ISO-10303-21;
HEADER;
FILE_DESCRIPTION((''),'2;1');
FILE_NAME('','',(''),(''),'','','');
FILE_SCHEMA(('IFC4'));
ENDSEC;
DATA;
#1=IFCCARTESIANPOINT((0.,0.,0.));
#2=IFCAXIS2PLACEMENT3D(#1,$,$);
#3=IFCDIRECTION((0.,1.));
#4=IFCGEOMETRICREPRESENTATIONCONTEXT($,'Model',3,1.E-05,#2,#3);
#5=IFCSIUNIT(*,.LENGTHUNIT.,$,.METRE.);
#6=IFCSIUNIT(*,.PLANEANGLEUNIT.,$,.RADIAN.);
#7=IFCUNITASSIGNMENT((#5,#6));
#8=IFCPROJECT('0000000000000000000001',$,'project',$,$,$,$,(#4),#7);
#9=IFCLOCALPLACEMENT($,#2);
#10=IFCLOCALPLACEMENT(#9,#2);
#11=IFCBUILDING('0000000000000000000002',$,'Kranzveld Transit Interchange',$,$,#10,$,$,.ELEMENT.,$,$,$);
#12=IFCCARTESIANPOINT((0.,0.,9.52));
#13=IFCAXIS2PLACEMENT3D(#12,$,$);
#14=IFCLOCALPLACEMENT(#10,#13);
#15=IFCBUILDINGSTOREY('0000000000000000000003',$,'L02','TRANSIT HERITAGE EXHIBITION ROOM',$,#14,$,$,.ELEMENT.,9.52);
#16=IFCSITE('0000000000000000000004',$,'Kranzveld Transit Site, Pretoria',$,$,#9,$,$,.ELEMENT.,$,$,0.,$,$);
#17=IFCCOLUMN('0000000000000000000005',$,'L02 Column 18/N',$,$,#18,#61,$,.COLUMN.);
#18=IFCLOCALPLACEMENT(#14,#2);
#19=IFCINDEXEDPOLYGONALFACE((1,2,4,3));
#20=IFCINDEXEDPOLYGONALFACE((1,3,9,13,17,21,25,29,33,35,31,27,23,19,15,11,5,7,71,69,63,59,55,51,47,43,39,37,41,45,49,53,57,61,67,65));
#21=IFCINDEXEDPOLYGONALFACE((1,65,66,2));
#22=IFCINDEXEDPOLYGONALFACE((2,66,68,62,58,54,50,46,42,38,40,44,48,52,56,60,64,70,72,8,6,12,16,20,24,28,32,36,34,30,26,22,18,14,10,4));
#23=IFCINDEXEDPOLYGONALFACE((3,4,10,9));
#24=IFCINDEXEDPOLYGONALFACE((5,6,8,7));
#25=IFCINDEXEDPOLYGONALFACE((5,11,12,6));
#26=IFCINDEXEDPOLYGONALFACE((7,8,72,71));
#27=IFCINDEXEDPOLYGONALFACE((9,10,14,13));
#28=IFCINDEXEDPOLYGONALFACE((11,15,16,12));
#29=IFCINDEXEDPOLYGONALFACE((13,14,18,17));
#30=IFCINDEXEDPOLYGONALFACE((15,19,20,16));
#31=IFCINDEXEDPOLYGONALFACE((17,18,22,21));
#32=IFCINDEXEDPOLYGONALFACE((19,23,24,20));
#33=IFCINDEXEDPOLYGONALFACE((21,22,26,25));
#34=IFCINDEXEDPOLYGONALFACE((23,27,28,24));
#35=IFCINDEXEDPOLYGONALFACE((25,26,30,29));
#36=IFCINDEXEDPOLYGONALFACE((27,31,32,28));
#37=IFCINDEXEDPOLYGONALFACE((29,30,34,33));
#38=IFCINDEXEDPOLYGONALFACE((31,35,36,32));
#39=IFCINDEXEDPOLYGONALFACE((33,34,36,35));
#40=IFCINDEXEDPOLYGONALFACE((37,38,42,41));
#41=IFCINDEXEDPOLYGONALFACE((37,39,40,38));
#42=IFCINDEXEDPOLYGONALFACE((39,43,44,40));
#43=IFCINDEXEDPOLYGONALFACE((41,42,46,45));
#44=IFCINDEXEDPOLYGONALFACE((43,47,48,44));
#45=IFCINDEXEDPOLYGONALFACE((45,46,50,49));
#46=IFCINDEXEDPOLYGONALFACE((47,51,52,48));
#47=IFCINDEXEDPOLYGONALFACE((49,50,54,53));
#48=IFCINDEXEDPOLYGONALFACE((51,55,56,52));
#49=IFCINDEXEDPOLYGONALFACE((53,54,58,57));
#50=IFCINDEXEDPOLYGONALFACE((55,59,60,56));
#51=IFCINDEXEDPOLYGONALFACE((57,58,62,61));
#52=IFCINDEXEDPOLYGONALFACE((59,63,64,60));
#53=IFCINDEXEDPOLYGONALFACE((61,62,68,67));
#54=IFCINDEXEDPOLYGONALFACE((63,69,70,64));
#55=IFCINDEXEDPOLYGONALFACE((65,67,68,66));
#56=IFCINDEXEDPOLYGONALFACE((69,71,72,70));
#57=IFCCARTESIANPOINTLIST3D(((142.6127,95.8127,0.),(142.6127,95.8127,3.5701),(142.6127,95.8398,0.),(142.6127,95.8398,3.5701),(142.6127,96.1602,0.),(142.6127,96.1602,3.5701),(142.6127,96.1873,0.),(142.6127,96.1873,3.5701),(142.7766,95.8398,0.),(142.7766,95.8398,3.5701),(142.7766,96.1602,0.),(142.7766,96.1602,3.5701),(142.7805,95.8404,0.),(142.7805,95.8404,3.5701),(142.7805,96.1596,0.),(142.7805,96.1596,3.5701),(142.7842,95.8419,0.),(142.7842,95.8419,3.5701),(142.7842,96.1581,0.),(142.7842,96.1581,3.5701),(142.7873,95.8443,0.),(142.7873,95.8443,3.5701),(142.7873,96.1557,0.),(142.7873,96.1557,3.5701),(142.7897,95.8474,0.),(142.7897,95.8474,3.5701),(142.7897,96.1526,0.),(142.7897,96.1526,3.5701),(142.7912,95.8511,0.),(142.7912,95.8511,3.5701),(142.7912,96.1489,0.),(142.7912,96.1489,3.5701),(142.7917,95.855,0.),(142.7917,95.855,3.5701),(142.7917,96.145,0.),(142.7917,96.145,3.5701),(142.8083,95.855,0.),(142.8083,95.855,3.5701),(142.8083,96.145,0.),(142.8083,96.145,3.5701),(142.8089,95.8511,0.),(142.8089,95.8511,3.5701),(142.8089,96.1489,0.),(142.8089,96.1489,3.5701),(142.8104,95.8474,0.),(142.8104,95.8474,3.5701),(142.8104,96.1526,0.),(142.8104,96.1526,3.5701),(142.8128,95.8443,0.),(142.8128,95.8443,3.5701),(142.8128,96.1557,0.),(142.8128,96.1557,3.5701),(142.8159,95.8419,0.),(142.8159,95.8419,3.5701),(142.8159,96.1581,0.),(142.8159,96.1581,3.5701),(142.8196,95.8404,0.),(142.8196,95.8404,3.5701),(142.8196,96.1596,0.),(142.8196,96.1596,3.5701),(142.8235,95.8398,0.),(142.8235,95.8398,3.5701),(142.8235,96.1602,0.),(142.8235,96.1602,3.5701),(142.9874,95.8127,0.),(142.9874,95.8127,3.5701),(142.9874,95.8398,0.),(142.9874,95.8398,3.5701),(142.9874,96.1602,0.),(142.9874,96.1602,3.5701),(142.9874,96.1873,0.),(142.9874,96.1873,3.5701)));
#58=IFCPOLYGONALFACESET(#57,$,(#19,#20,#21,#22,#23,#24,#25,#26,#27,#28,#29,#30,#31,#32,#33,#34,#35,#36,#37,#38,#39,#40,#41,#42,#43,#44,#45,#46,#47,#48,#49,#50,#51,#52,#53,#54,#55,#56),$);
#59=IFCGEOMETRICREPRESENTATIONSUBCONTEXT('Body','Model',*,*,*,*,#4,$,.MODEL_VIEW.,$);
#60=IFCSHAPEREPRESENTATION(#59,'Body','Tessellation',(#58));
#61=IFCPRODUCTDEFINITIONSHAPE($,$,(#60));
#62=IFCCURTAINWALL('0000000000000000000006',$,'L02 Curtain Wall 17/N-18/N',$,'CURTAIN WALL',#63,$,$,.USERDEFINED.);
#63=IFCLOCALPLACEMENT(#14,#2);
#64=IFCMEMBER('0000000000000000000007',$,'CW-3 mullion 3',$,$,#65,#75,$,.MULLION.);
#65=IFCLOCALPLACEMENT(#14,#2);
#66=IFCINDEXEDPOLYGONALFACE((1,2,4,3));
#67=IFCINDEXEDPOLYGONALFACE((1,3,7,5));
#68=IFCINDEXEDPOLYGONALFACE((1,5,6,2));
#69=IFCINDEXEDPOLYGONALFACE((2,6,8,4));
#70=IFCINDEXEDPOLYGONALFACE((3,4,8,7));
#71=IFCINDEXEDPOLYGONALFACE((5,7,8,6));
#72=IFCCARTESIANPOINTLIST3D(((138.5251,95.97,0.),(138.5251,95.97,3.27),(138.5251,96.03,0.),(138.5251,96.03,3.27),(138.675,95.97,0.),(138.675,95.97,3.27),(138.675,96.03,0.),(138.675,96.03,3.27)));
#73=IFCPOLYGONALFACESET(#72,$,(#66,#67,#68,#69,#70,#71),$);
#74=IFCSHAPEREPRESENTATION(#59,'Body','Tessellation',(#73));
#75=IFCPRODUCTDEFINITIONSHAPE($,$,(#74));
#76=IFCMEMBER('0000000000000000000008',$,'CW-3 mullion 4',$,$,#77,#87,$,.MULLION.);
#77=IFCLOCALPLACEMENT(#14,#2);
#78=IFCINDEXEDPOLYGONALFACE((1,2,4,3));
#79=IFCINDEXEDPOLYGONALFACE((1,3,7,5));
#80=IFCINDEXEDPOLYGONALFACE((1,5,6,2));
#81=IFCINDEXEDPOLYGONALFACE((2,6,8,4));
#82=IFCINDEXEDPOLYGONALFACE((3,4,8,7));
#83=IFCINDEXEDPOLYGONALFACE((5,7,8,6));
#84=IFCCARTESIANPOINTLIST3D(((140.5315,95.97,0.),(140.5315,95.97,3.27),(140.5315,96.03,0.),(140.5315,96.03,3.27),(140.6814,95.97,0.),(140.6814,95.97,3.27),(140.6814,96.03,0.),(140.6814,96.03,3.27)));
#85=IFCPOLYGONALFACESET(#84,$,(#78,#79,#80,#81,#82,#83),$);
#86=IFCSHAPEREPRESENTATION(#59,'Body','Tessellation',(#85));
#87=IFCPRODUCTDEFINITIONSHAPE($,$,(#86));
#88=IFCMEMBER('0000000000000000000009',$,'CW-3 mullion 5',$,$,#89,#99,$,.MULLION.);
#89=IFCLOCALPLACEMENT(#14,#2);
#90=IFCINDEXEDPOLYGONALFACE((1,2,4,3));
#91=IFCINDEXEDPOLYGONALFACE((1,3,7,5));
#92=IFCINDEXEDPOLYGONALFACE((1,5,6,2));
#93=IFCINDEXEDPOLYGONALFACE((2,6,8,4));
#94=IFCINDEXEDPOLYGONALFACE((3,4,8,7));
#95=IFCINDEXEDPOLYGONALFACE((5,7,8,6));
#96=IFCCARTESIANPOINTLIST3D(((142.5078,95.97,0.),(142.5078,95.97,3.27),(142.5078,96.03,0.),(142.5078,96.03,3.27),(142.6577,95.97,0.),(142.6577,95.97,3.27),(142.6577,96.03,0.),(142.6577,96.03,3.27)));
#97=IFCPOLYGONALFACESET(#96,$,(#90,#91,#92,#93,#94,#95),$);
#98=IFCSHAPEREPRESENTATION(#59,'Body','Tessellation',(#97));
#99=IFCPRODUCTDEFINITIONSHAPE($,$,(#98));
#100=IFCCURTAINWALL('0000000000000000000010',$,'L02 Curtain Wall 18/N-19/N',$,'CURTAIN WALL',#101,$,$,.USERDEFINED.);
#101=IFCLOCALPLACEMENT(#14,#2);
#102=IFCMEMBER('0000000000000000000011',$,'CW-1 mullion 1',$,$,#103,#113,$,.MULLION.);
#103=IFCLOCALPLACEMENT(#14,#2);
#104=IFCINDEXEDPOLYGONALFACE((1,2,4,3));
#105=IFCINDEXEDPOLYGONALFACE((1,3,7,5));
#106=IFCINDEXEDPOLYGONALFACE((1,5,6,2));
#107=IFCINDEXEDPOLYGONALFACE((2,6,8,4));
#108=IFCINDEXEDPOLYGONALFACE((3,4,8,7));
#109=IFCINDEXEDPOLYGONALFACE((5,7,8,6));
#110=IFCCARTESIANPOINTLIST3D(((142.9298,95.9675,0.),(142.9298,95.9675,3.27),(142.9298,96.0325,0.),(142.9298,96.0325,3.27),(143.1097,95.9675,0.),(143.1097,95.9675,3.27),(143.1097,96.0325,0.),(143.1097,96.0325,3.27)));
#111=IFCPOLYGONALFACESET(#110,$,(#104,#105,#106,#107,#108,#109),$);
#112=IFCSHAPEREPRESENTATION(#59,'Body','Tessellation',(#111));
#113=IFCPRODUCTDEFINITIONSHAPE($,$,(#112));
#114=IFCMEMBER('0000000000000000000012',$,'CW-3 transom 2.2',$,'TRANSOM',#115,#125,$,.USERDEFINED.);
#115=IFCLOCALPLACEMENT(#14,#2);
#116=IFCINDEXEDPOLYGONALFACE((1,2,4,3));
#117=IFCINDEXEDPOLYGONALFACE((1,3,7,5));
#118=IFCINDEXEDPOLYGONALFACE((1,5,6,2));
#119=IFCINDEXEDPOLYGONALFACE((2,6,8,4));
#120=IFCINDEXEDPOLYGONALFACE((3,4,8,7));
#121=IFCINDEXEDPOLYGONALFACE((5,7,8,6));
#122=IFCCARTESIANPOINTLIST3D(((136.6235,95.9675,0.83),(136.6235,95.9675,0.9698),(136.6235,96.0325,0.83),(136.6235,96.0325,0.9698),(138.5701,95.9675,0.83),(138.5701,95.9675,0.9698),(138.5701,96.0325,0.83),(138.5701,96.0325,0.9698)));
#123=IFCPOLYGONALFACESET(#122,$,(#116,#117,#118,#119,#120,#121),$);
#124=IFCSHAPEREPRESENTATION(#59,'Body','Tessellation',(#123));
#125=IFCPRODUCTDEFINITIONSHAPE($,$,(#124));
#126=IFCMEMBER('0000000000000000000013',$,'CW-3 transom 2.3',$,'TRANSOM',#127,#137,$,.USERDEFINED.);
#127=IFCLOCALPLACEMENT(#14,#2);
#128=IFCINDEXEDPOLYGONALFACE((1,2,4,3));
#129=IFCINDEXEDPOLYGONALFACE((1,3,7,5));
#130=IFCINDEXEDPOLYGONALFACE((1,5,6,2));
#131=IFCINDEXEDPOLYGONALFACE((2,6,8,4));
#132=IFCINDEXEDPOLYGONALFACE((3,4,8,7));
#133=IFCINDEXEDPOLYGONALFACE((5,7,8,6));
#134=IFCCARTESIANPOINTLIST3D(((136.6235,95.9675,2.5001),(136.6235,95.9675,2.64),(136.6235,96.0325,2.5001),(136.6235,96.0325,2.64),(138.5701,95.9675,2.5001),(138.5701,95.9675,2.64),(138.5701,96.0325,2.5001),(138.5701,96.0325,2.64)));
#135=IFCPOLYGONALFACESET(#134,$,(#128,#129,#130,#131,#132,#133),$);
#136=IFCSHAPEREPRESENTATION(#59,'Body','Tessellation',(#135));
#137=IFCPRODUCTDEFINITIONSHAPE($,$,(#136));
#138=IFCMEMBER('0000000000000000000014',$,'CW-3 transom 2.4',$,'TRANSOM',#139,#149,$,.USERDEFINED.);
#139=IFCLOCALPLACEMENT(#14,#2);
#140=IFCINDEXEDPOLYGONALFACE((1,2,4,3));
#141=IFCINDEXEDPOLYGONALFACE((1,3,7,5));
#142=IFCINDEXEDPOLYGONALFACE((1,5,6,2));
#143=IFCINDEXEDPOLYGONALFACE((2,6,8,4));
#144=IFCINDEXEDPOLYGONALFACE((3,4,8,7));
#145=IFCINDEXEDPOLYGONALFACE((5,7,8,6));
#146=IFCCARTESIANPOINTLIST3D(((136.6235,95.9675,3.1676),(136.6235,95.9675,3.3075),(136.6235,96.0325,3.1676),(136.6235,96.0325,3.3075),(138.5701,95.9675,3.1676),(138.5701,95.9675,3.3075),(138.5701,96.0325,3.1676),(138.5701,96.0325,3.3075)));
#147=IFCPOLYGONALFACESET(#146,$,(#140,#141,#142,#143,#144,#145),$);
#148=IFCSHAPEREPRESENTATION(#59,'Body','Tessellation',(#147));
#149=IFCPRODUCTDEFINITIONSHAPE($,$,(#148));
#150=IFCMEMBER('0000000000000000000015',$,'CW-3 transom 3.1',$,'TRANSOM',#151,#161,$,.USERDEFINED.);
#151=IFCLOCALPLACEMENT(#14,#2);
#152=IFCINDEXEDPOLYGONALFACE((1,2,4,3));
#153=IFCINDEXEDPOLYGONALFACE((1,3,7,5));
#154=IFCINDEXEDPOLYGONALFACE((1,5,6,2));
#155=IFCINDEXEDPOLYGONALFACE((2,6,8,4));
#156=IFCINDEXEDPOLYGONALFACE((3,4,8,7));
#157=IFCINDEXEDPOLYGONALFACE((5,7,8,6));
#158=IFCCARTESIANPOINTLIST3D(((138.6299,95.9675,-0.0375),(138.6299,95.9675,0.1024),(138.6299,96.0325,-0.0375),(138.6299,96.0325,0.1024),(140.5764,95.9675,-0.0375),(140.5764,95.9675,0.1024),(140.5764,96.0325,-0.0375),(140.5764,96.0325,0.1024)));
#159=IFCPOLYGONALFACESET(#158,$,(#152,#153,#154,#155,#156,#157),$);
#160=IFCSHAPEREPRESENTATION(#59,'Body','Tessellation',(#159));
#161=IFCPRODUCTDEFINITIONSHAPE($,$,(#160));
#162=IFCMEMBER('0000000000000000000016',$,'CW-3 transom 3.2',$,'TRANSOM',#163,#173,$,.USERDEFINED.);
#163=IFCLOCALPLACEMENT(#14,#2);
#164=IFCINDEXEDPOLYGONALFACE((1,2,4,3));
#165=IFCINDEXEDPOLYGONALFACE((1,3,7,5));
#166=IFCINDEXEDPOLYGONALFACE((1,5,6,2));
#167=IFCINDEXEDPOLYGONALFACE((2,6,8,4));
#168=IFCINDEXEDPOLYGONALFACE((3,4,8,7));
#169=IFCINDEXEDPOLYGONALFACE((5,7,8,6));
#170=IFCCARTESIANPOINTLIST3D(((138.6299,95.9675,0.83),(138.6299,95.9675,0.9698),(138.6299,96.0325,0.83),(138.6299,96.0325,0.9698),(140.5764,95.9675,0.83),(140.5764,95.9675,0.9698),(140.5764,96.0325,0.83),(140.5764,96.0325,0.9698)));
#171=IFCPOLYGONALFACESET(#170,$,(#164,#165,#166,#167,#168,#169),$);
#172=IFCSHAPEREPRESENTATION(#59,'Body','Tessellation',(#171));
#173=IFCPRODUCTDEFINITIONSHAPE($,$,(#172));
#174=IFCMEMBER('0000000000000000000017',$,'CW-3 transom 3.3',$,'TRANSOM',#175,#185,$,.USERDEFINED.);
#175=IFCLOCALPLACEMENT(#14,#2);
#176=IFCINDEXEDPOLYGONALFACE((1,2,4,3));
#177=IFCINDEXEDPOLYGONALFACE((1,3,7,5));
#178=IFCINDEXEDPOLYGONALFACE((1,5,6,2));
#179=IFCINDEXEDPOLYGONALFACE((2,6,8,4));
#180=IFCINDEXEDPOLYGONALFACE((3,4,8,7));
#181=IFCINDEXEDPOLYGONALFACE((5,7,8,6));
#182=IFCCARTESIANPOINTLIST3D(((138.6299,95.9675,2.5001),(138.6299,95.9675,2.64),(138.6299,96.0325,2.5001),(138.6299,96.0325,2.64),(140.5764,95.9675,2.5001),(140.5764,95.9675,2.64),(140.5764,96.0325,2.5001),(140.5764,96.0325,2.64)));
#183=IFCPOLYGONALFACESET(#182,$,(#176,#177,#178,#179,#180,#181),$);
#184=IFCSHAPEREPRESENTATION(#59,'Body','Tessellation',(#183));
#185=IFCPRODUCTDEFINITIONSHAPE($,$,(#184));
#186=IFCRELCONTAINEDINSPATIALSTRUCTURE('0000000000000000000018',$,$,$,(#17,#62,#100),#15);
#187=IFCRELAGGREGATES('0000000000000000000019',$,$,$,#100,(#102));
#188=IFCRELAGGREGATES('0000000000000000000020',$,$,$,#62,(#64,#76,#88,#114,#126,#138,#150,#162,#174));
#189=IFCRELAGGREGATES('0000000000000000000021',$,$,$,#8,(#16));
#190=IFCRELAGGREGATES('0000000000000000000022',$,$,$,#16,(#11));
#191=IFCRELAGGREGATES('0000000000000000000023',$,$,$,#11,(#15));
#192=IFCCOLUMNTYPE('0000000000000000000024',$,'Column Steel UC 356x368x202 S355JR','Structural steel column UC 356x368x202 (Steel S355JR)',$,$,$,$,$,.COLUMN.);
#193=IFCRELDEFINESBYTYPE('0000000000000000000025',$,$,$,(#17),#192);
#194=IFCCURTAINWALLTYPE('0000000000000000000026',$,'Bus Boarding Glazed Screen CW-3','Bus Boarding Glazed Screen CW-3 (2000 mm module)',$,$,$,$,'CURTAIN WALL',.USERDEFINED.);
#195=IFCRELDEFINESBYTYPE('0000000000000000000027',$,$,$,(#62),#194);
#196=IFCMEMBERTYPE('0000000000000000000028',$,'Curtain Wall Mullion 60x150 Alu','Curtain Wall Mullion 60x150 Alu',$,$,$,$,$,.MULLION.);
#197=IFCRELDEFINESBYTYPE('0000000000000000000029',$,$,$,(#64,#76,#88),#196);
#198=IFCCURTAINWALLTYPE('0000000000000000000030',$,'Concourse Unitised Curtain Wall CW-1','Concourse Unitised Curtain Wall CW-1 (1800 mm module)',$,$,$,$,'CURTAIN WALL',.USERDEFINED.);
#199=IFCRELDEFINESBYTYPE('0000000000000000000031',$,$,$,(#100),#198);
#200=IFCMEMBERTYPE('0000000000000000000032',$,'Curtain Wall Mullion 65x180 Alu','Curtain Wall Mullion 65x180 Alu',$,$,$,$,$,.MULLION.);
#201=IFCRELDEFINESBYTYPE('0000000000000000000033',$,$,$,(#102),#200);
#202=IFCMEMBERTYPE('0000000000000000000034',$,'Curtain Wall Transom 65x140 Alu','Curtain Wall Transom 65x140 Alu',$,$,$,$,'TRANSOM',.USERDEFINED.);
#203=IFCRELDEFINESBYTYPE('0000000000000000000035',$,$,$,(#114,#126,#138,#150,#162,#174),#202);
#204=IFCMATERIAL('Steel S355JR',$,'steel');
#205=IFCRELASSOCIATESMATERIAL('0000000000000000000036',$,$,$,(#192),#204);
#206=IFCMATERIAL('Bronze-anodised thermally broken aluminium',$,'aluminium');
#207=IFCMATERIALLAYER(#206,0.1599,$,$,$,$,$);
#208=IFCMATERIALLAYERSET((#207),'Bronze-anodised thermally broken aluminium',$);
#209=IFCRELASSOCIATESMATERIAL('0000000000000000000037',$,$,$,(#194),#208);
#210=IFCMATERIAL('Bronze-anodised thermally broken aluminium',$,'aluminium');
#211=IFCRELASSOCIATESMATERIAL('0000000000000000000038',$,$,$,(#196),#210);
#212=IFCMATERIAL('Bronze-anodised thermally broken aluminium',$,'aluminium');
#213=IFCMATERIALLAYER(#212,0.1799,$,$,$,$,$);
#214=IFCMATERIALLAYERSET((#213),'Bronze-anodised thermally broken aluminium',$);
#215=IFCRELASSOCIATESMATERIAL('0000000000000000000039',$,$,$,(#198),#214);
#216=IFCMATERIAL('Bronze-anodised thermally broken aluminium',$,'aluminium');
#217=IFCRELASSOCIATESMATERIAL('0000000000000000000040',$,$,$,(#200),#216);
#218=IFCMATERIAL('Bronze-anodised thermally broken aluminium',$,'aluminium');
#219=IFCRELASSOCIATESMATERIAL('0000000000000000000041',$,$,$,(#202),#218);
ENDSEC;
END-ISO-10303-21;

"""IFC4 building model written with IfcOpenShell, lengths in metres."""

from ifc_helpers import new_model, si_unit, direction, frame, origin, origin_2d, place, context, subcontext, project, spatial, rectangle, i_section, extrude, material, layer, layer_set, material_profile, profile_set, type_object, element, aggregate, save


model = new_model("IFC4")

# Units and contexts
model_context = context("Model", 3, precision=1e-05, world=origin(), true_north=direction((0.0, 1.0)))
body_context = subcontext(model_context, "Body", "Model", "MODEL_VIEW")
ifc_project = project(units=[si_unit("LENGTHUNIT", "METRE"), si_unit("PLANEANGLEUNIT", "RADIAN")], contexts=[model_context])

# Site, building, storey
site_placement = place(None, origin())
site = spatial("IfcSite", under=ifc_project, at=site_placement, Name="Kranzveld Transit Site, Pretoria", CompositionType="ELEMENT", RefElevation=0.0)
building_placement = place(site_placement, origin())
building = spatial("IfcBuilding", under=site, at=building_placement, Name="Kranzveld Transit Interchange", CompositionType="ELEMENT")
storey_placement = place(building_placement, frame((0.0, 0.0, 9.52)))
storey = spatial("IfcBuildingStorey", under=building, at=storey_placement, Name="L02", Description="TRANSIT HERITAGE EXHIBITION ROOM", CompositionType="ELEMENT", Elevation=9.52)

# Column
ifc_material_1 = material(Name="Steel S355JR", Category="steel")
ifc_material_profile_1 = material_profile(ifc_material_1, i_section(OverallWidth=0.3748, OverallDepth=0.3745, WebThickness=0.0166, FlangeThickness=0.0271, FilletRadius=0.0151, at=origin_2d()), Name="UC 356x368x202")
ifc_profile_set_1 = profile_set([ifc_material_profile_1], Name="Steel S355JR")
column_type = type_object("IfcColumnType", Name="Column Steel UC 356x368x202 S355JR", Description="Structural steel column UC 356x368x202 (Steel S355JR)", PredefinedType="COLUMN", material=ifc_profile_set_1)
column_placement = place(storey_placement, frame((142.8, 96.0, 0.0), z_axis=(0.0, 0.0, 1.0), x_axis=(1.0, 0.0, 0.0)))
element("IfcColumn", 1, at=column_placement, inside=storey, type_object=column_type, Name="L02 Column 18/N", PredefinedType="COLUMN", context=body_context, shape_type="SweptSolid", body=[
    extrude(i_section(OverallWidth=0.3748, OverallDepth=0.3745, WebThickness=0.0166, FlangeThickness=0.0271, FilletRadius=0.0151, at=origin_2d()), origin(), (0.0, 0.0, 1.0), 3.5701),
])

# Curtain wall, members
ifc_material_2 = material(Name="Bronze-anodised thermally broken aluminium", Category="aluminium")
ifc_layer_1 = layer(ifc_material_2, 0.1599)
ifc_layer_set_1 = layer_set([ifc_layer_1], Name="Bronze-anodised thermally broken aluminium")
curtain_wall_type_1 = type_object("IfcCurtainWallType", Name="Bus Boarding Glazed Screen CW-3", Description="Bus Boarding Glazed Screen CW-3 (2000 mm module)", ElementType="CURTAIN WALL", PredefinedType="USERDEFINED", material=ifc_layer_set_1)
curtain_wall_1_placement = place(storey_placement, origin())
curtain_wall_1 = element("IfcCurtainWall", 2, at=curtain_wall_1_placement, inside=storey, type_object=curtain_wall_type_1, Name="L02 Curtain Wall 17/N-18/N", ObjectType="CURTAIN WALL", PredefinedType="USERDEFINED")
ifc_material_3 = material(Name="Bronze-anodised thermally broken aluminium", Category="aluminium")
ifc_material_profile_2 = material_profile(ifc_material_3, rectangle(XDim=0.0601, YDim=0.1499, at=origin_2d()), Name="ALU MULLION 60x150")
ifc_profile_set_2 = profile_set([ifc_material_profile_2], Name="Bronze-anodised thermally broken aluminium")
member_type_1 = type_object("IfcMemberType", Name="Curtain Wall Mullion 60x150 Alu", Description="Curtain Wall Mullion 60x150 Alu", PredefinedType="MULLION", material=ifc_profile_set_2)
member_1_placement = place(storey_placement, frame((138.6001, 96.0, 0.0), z_axis=(0.0, 0.0, 1.0), x_axis=(0.0, 1.0, 0.0)))
member_1 = element("IfcMember", 3, at=member_1_placement, type_object=member_type_1, Name="CW-3 mullion 3", PredefinedType="MULLION", context=body_context, shape_type="SweptSolid", body=[
    extrude(rectangle(XDim=0.0601, YDim=0.1499, at=origin_2d()), origin(), (0.0, 0.0, 1.0), 3.27),
])
member_2_placement = place(storey_placement, frame((140.6064, 96.0, 0.0), z_axis=(0.0, 0.0, 1.0), x_axis=(0.0, 1.0, 0.0)))
member_2 = element("IfcMember", 4, at=member_2_placement, type_object=member_type_1, Name="CW-3 mullion 4", PredefinedType="MULLION", context=body_context, shape_type="SweptSolid", body=[
    extrude(rectangle(XDim=0.0601, YDim=0.1499, at=origin_2d()), origin(), (0.0, 0.0, 1.0), 3.27),
])
member_3_placement = place(storey_placement, frame((142.5828, 96.0, 0.0), z_axis=(0.0, 0.0, 1.0), x_axis=(0.0, 1.0, 0.0)))
member_3 = element("IfcMember", 5, at=member_3_placement, type_object=member_type_1, Name="CW-3 mullion 5", PredefinedType="MULLION", context=body_context, shape_type="SweptSolid", body=[
    extrude(rectangle(XDim=0.0601, YDim=0.1499, at=origin_2d()), origin(), (0.0, 0.0, 1.0), 3.27),
])

# Curtain wall, member
ifc_material_4 = material(Name="Bronze-anodised thermally broken aluminium", Category="aluminium")
ifc_layer_2 = layer(ifc_material_4, 0.1799)
ifc_layer_set_2 = layer_set([ifc_layer_2], Name="Bronze-anodised thermally broken aluminium")
curtain_wall_type_2 = type_object("IfcCurtainWallType", Name="Concourse Unitised Curtain Wall CW-1", Description="Concourse Unitised Curtain Wall CW-1 (1800 mm module)", ElementType="CURTAIN WALL", PredefinedType="USERDEFINED", material=ifc_layer_set_2)
curtain_wall_2_placement = place(storey_placement, origin())
curtain_wall_2 = element("IfcCurtainWall", 6, at=curtain_wall_2_placement, inside=storey, type_object=curtain_wall_type_2, Name="L02 Curtain Wall 18/N-19/N", ObjectType="CURTAIN WALL", PredefinedType="USERDEFINED")
ifc_material_5 = material(Name="Bronze-anodised thermally broken aluminium", Category="aluminium")
ifc_material_profile_3 = material_profile(ifc_material_5, rectangle(XDim=0.0649, YDim=0.1799, at=origin_2d()), Name="ALU MULLION 65x180")
ifc_profile_set_3 = profile_set([ifc_material_profile_3], Name="Bronze-anodised thermally broken aluminium")
member_type_2 = type_object("IfcMemberType", Name="Curtain Wall Mullion 65x180 Alu", Description="Curtain Wall Mullion 65x180 Alu", PredefinedType="MULLION", material=ifc_profile_set_3)
member_4_placement = place(storey_placement, frame((143.0198, 96.0, 0.0), z_axis=(0.0, 0.0, 1.0), x_axis=(0.0, 1.0, 0.0)))
member_4 = element("IfcMember", 7, at=member_4_placement, type_object=member_type_2, Name="CW-1 mullion 1", PredefinedType="MULLION", context=body_context, shape_type="SweptSolid", body=[
    extrude(rectangle(XDim=0.0649, YDim=0.1799, at=origin_2d()), origin(), (0.0, 0.0, 1.0), 3.27),
])

# Members
ifc_material_6 = material(Name="Bronze-anodised thermally broken aluminium", Category="aluminium")
ifc_material_profile_4 = material_profile(ifc_material_6, rectangle(XDim=0.0649, YDim=0.1399, at=origin_2d()), Name="ALU TRANSOM 65x140")
ifc_profile_set_4 = profile_set([ifc_material_profile_4], Name="Bronze-anodised thermally broken aluminium")
member_type_3 = type_object("IfcMemberType", Name="Curtain Wall Transom 65x140 Alu", Description="Curtain Wall Transom 65x140 Alu", ElementType="TRANSOM", PredefinedType="USERDEFINED", material=ifc_profile_set_4)
member_5_placement = place(storey_placement, frame((136.6235, 96.0, 0.8999), z_axis=(1.0, 0.0, 0.0), x_axis=(0.0, 1.0, 0.0)))
member_5 = element("IfcMember", 8, at=member_5_placement, type_object=member_type_3, Name="CW-3 transom 2.2", ObjectType="TRANSOM", PredefinedType="USERDEFINED", context=body_context, shape_type="SweptSolid", body=[
    extrude(rectangle(XDim=0.0649, YDim=0.1399, at=origin_2d()), origin(), (0.0, 0.0, 1.0), 1.9465),
])
member_6_placement = place(storey_placement, frame((136.6235, 96.0, 2.5701), z_axis=(1.0, 0.0, 0.0), x_axis=(0.0, 1.0, 0.0)))
member_6 = element("IfcMember", 9, at=member_6_placement, type_object=member_type_3, Name="CW-3 transom 2.3", ObjectType="TRANSOM", PredefinedType="USERDEFINED", context=body_context, shape_type="SweptSolid", body=[
    extrude(rectangle(XDim=0.0649, YDim=0.1399, at=origin_2d()), origin(), (0.0, 0.0, 1.0), 1.9465),
])
member_7_placement = place(storey_placement, frame((136.6235, 96.0, 3.2375), z_axis=(1.0, 0.0, 0.0), x_axis=(0.0, 1.0, 0.0)))
member_7 = element("IfcMember", 10, at=member_7_placement, type_object=member_type_3, Name="CW-3 transom 2.4", ObjectType="TRANSOM", PredefinedType="USERDEFINED", context=body_context, shape_type="SweptSolid", body=[
    extrude(rectangle(XDim=0.0649, YDim=0.1399, at=origin_2d()), origin(), (0.0, 0.0, 1.0), 1.9465),
])
member_8_placement = place(storey_placement, frame((138.6299, 96.0, 0.0325), z_axis=(1.0, 0.0, 0.0), x_axis=(0.0, 1.0, 0.0)))
member_8 = element("IfcMember", 11, at=member_8_placement, type_object=member_type_3, Name="CW-3 transom 3.1", ObjectType="TRANSOM", PredefinedType="USERDEFINED", context=body_context, shape_type="SweptSolid", body=[
    extrude(rectangle(XDim=0.0649, YDim=0.1399, at=origin_2d()), origin(), (0.0, 0.0, 1.0), 1.9465),
])
member_9_placement = place(storey_placement, frame((138.6299, 96.0, 0.8999), z_axis=(1.0, 0.0, 0.0), x_axis=(0.0, 1.0, 0.0)))
member_9 = element("IfcMember", 12, at=member_9_placement, type_object=member_type_3, Name="CW-3 transom 3.2", ObjectType="TRANSOM", PredefinedType="USERDEFINED", context=body_context, shape_type="SweptSolid", body=[
    extrude(rectangle(XDim=0.0649, YDim=0.1399, at=origin_2d()), origin(), (0.0, 0.0, 1.0), 1.9465),
])
member_10_placement = place(storey_placement, frame((138.6299, 96.0, 2.5701), z_axis=(1.0, 0.0, 0.0), x_axis=(0.0, 1.0, 0.0)))
member_10 = element("IfcMember", 13, at=member_10_placement, type_object=member_type_3, Name="CW-3 transom 3.3", ObjectType="TRANSOM", PredefinedType="USERDEFINED", context=body_context, shape_type="SweptSolid", body=[
    extrude(rectangle(XDim=0.0649, YDim=0.1399, at=origin_2d()), origin(), (0.0, 0.0, 1.0), 1.9465),
])

aggregate(curtain_wall_2, [member_4])
aggregate(curtain_wall_1, [member_1, member_2, member_3, member_5, member_6, member_7, member_8, member_9, member_10])

save(model, "model.ifc")
